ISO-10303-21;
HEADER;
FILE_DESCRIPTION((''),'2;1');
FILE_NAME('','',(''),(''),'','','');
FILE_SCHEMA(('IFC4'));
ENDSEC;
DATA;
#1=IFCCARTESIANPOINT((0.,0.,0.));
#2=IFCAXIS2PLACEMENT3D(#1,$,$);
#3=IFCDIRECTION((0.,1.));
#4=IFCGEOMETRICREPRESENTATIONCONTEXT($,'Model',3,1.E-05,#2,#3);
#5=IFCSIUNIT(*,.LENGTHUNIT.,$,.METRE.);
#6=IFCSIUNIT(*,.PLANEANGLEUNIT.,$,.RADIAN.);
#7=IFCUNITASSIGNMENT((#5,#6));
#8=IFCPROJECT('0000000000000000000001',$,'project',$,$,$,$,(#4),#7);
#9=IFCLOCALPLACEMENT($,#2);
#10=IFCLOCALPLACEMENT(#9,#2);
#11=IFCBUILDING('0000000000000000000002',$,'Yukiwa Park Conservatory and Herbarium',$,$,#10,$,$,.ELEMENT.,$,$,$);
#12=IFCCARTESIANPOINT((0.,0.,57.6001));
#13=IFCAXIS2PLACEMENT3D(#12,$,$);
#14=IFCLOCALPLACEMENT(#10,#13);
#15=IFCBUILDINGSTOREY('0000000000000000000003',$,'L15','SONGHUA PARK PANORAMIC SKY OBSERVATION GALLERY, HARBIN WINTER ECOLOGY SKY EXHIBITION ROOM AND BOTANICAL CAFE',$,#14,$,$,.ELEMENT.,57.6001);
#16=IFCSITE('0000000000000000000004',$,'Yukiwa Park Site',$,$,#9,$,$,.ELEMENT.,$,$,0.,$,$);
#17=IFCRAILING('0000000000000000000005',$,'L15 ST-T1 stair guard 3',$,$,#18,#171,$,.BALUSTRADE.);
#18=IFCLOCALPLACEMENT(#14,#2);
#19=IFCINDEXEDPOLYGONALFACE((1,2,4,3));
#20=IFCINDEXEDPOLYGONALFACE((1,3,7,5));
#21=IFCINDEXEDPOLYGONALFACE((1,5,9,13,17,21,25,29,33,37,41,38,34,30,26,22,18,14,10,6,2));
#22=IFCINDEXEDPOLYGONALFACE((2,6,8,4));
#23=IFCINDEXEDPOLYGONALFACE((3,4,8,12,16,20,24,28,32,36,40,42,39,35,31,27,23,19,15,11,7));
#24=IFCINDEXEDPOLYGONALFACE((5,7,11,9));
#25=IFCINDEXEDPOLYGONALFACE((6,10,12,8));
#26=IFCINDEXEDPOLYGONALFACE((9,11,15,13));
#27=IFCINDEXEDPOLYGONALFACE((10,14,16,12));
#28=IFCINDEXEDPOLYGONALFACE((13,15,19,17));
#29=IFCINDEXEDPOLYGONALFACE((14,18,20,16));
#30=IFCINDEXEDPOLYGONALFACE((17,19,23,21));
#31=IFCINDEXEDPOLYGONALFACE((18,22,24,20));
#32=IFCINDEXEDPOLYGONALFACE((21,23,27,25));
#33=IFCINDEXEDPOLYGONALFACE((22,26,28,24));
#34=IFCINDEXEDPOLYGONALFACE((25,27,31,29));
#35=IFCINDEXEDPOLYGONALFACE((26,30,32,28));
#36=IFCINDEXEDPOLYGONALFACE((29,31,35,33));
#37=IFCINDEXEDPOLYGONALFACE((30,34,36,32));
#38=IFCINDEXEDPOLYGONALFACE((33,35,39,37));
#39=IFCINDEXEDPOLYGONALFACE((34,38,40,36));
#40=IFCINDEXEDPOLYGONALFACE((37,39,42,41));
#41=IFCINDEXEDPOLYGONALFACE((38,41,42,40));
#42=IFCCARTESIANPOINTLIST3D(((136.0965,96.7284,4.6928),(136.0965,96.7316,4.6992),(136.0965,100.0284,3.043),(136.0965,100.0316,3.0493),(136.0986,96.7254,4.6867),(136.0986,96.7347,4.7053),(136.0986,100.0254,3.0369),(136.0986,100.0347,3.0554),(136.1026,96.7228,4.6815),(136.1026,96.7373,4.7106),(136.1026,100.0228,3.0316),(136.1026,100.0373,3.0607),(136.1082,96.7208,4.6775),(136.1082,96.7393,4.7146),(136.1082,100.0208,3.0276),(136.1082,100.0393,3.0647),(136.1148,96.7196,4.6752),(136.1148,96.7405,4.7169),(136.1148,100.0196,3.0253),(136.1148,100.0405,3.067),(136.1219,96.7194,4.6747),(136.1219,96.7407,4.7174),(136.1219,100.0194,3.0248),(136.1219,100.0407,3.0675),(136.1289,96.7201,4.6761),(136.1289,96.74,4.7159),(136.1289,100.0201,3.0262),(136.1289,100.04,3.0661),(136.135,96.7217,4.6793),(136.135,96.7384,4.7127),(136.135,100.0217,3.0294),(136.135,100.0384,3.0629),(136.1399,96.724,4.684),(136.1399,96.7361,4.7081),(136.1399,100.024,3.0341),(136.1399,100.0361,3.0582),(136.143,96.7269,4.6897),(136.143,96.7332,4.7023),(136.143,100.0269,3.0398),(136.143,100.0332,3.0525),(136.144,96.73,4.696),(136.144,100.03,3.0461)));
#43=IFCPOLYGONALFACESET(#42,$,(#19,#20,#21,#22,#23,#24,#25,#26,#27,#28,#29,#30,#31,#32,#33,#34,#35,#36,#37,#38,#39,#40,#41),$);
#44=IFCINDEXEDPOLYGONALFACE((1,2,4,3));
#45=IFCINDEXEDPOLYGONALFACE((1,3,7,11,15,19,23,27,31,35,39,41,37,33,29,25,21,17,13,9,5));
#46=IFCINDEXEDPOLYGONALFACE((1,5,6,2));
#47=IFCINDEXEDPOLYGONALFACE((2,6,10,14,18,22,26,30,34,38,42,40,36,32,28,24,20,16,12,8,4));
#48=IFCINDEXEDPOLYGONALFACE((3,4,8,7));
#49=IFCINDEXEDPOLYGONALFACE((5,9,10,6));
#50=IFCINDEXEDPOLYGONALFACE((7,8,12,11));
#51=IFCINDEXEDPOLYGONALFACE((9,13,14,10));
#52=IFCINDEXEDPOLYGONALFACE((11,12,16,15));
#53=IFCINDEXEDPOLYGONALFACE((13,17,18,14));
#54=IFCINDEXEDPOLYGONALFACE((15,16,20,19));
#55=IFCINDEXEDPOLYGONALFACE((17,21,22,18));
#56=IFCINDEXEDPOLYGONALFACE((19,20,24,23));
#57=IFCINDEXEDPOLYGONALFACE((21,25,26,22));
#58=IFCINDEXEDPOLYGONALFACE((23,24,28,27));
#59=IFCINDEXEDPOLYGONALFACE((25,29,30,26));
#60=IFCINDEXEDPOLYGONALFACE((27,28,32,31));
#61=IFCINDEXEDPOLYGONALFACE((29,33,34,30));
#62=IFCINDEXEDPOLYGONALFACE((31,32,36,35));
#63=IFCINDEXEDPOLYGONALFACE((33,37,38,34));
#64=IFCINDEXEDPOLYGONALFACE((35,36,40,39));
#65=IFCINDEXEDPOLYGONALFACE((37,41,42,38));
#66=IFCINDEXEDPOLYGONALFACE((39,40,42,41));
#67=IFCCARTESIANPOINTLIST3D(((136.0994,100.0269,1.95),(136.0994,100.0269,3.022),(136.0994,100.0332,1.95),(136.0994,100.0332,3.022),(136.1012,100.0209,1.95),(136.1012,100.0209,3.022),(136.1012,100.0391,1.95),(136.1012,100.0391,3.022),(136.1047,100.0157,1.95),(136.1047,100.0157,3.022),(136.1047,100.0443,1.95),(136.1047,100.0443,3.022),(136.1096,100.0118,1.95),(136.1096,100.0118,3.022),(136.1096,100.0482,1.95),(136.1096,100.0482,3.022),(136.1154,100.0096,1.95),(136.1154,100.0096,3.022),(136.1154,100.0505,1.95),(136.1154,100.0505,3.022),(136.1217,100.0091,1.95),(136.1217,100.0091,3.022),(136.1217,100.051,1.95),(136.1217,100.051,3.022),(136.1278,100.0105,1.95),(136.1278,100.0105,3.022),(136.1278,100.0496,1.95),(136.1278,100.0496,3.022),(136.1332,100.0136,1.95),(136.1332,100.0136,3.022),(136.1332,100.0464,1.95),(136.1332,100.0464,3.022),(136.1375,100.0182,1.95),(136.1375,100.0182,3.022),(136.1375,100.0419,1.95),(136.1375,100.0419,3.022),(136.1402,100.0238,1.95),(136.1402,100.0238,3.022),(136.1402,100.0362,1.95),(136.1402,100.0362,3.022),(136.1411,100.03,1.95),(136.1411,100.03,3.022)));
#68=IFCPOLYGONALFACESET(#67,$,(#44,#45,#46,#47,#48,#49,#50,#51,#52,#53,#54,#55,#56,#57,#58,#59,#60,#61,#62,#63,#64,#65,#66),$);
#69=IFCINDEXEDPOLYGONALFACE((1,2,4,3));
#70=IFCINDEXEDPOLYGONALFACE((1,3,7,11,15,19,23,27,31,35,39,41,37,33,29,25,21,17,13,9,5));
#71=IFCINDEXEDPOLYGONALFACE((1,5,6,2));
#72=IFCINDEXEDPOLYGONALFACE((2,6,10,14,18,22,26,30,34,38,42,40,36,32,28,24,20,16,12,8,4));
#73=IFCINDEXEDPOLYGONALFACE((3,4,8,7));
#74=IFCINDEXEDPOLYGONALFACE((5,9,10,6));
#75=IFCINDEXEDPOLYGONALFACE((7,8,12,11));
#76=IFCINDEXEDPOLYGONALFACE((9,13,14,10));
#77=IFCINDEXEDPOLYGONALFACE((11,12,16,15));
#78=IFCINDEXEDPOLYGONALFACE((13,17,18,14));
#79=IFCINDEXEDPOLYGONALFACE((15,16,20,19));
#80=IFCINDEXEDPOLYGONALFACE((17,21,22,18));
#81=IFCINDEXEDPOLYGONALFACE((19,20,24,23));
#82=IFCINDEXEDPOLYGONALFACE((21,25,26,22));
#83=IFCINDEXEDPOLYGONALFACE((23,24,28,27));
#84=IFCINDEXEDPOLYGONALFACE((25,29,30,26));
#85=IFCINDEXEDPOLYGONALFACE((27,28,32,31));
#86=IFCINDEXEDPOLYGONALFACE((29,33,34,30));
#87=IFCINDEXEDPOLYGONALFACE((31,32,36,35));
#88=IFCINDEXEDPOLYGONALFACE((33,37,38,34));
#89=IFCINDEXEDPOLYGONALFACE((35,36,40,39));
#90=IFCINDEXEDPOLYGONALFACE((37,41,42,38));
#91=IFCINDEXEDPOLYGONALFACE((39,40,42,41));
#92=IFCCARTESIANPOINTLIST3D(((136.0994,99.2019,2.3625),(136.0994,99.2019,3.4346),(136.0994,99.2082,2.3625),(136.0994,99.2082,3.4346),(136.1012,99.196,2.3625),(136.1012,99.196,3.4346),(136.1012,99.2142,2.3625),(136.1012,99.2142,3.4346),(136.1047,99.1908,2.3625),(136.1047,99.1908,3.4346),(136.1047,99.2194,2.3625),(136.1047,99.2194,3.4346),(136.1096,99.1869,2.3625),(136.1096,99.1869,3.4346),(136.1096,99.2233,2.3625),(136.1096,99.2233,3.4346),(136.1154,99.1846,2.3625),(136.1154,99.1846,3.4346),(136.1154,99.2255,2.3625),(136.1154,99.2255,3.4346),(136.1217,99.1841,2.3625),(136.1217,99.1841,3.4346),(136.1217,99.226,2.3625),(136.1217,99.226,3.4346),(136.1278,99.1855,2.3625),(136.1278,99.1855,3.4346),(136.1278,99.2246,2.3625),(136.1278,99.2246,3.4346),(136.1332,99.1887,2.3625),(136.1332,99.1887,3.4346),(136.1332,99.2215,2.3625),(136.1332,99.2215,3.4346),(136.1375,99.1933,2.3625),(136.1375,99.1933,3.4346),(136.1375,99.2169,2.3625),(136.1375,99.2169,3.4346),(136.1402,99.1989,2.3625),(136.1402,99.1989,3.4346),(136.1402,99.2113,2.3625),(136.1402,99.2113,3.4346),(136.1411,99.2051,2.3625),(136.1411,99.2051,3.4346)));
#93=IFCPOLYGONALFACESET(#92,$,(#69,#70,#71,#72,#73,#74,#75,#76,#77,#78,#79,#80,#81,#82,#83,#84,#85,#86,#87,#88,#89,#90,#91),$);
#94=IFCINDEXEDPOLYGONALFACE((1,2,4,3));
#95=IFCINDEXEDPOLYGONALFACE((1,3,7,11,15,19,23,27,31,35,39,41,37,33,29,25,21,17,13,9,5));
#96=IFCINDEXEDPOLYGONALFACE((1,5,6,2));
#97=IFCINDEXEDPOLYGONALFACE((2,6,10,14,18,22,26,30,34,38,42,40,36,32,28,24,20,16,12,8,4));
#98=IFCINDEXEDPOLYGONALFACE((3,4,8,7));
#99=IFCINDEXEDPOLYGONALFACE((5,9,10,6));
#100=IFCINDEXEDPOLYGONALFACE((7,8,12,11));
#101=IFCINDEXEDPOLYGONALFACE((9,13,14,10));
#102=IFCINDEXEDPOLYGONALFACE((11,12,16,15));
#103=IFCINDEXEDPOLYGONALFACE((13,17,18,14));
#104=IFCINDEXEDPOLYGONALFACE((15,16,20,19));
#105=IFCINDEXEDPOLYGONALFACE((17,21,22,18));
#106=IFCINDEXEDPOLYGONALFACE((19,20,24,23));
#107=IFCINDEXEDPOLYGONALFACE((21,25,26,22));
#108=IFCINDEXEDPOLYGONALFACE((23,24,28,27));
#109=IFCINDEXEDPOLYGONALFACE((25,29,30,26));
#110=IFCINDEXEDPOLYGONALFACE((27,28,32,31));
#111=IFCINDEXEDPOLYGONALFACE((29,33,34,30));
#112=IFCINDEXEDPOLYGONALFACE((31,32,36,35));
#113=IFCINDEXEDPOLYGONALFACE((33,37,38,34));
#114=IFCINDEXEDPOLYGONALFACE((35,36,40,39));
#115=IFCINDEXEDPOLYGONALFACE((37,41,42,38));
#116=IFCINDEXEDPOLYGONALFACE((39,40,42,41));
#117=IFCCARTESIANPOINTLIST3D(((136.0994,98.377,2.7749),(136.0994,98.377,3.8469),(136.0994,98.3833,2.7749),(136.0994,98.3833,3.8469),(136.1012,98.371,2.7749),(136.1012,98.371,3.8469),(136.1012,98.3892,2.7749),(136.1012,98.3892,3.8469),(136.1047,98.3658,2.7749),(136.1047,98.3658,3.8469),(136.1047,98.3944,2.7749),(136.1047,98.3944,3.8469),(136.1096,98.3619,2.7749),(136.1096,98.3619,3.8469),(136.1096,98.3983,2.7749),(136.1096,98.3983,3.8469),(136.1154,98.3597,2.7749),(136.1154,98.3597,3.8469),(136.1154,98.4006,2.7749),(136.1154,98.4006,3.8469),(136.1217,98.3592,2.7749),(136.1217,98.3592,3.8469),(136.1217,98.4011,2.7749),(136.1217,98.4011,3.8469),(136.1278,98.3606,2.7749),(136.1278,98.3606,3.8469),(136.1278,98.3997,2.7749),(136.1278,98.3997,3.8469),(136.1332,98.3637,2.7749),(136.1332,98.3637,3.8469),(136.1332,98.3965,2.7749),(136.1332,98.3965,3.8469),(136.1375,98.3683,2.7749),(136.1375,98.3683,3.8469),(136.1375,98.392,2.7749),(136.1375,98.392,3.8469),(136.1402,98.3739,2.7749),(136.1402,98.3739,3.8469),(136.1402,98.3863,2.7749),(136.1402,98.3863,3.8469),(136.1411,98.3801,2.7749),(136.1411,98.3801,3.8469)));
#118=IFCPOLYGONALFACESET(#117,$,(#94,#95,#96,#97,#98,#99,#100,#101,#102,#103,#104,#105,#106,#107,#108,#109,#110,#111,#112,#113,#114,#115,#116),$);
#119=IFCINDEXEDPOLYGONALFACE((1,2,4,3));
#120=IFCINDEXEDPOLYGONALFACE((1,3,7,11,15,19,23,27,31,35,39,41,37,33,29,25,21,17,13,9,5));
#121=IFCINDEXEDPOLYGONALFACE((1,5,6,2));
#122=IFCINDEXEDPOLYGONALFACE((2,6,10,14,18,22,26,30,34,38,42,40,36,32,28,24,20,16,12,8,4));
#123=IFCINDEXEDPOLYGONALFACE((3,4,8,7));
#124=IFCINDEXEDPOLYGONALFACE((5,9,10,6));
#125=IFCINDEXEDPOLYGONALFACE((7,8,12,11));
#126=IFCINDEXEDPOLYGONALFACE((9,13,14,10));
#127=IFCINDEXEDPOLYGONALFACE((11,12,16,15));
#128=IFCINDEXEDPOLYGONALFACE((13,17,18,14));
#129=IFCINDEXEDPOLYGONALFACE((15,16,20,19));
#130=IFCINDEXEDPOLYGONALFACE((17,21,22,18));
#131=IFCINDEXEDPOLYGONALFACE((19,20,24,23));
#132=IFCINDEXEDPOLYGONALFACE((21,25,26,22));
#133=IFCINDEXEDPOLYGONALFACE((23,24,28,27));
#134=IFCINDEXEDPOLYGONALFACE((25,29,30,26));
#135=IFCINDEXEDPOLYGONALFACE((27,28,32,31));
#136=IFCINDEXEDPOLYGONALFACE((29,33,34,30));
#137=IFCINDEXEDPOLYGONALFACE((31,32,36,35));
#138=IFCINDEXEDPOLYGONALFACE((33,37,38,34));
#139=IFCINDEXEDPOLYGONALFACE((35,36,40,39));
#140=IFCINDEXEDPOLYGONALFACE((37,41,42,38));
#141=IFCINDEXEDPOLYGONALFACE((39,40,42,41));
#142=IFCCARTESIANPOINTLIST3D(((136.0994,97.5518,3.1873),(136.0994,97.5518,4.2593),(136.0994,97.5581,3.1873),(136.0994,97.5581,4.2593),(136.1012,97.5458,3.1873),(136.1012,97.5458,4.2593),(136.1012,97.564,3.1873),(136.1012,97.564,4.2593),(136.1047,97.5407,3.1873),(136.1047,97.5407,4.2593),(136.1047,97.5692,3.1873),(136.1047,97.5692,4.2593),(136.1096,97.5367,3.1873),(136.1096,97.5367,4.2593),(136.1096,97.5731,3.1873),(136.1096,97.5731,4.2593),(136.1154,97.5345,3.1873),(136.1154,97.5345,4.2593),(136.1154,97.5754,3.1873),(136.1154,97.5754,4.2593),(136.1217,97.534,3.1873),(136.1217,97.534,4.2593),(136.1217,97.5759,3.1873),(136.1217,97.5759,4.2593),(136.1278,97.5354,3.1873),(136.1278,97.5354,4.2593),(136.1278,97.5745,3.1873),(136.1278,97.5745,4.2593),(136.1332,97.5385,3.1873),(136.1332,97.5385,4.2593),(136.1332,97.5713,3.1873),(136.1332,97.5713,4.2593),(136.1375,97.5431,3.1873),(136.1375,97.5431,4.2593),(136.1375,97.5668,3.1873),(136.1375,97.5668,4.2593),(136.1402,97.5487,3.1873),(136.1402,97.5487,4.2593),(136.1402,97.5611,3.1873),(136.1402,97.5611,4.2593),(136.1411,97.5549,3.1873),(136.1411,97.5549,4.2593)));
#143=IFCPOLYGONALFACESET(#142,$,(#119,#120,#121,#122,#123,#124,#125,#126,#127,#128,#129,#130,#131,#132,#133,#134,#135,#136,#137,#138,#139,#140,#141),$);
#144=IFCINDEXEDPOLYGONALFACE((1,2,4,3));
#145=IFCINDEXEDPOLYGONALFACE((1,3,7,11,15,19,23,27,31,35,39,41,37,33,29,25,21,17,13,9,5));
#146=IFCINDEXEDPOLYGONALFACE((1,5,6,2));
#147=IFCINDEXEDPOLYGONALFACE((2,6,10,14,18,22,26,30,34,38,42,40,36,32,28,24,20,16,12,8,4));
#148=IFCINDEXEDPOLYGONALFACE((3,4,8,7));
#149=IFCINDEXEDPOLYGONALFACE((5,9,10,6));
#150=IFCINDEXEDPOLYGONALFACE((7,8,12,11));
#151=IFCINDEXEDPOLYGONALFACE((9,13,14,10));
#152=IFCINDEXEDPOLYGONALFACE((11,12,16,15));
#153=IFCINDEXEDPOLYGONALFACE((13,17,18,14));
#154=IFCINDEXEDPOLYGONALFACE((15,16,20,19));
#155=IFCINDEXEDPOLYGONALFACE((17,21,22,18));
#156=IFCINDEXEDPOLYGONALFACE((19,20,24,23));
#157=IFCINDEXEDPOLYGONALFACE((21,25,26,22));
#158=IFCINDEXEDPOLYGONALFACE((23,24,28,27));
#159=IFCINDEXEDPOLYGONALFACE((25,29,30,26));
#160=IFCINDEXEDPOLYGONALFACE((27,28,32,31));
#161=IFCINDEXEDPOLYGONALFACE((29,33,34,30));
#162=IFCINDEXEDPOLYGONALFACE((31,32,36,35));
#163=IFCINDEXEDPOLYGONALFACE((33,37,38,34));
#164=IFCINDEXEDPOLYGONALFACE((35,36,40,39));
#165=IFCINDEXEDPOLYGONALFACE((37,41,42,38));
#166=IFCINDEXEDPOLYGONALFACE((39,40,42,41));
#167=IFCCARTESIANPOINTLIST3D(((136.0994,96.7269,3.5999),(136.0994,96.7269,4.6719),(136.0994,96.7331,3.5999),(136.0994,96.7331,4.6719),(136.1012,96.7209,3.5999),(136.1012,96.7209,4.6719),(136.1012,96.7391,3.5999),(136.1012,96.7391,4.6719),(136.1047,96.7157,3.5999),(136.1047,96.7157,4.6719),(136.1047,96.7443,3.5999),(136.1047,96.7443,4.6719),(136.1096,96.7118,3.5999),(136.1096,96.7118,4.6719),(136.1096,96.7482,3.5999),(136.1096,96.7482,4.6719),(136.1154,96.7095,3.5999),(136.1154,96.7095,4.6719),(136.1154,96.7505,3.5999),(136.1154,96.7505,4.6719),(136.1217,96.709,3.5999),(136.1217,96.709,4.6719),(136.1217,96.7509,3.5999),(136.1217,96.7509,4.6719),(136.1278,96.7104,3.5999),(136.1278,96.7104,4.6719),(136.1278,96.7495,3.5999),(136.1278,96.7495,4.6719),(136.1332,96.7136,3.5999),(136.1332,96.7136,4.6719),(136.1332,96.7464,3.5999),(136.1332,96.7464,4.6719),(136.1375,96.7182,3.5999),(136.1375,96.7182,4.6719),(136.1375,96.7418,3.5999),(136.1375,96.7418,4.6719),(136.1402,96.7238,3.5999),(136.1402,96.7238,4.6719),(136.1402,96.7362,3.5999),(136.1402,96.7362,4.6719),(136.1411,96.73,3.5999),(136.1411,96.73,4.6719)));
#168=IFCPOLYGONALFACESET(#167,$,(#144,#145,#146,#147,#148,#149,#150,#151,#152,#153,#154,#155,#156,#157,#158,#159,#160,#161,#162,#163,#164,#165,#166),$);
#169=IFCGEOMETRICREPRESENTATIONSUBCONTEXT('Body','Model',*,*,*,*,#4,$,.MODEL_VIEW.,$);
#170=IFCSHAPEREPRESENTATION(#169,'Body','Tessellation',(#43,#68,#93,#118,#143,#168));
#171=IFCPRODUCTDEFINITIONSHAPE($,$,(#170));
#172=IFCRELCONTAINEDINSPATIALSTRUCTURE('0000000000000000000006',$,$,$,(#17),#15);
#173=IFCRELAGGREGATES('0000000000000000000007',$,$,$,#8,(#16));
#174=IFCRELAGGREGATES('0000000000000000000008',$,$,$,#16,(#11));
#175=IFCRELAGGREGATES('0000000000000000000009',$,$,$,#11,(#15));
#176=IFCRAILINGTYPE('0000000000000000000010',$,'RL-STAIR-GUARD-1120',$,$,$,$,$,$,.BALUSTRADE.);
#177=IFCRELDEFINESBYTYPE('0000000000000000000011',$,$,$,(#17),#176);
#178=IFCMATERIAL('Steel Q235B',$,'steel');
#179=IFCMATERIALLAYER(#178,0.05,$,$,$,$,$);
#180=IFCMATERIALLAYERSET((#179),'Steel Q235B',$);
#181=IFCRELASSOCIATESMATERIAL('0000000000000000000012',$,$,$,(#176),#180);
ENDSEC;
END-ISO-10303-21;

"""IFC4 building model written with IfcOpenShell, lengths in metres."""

from ifc_helpers import new_model, si_unit, direction, frame, origin, origin_2d, place, context, subcontext, project, spatial, circle, extrude, material, layer, layer_set, type_object, element, save


model = new_model("IFC4")

# Units and contexts
model_context = context("Model", 3, precision=1e-05, world=origin(), true_north=direction((0.0, 1.0)))
body_context = subcontext(model_context, "Body", "Model", "MODEL_VIEW")
ifc_project = project(units=[si_unit("LENGTHUNIT", "METRE"), si_unit("PLANEANGLEUNIT", "RADIAN")], contexts=[model_context])

# Site, building, storey
site_placement = place(None, origin())
site = spatial("IfcSite", under=ifc_project, at=site_placement, Name="Yukiwa Park Site", CompositionType="ELEMENT", RefElevation=0.0)
building_placement = place(site_placement, origin())
building = spatial("IfcBuilding", under=site, at=building_placement, Name="Yukiwa Park Conservatory and Herbarium", CompositionType="ELEMENT")
storey_placement = place(building_placement, frame((0.0, 0.0, 57.6001)))
storey = spatial("IfcBuildingStorey", under=building, at=storey_placement, Name="L15", Description="SONGHUA PARK PANORAMIC SKY OBSERVATION GALLERY, HARBIN WINTER ECOLOGY SKY EXHIBITION ROOM AND BOTANICAL CAFE", CompositionType="ELEMENT", Elevation=57.6001)

# Railing
ifc_material_1 = material(Name="Steel Q235B", Category="steel")
ifc_layer_1 = layer(ifc_material_1, 0.05)
ifc_layer_set_1 = layer_set([ifc_layer_1], Name="Steel Q235B")
railing_type_1 = type_object("IfcRailingType", Name="RL-STAIR-GUARD-1120", PredefinedType="BALUSTRADE", material=ifc_layer_set_1)
railing_1_placement = place(storey_placement, frame((136.1201, 100.03, 1.95)))
element("IfcRailing", 1, at=railing_1_placement, inside=storey, type_object=railing_type_1, Name="L15 ST-T1 stair guard 3", PredefinedType="BALUSTRADE", context=body_context, shape_type="SweptSolid", body=[
    extrude(circle(Radius=0.0239, at=origin_2d()), frame((0.0, 0.0, 1.0962), z_axis=(0.0, -0.89444, 0.447187), x_axis=(1.0, 0.0, 0.0)), (0.0, 0.0, 1.0), 3.6895),
    extrude(circle(Radius=0.021, at=origin_2d()), origin(), (0.0, 0.0, 1.0), 1.072),
    extrude(circle(Radius=0.021, at=origin_2d()), frame((0.0, -0.825, 0.4126)), (0.0, 0.0, 1.0), 1.072),
    extrude(circle(Radius=0.021, at=origin_2d()), frame((0.0, -1.6499, 0.825)), (0.0, 0.0, 1.0), 1.072),
    extrude(circle(Radius=0.021, at=origin_2d()), frame((0.0, -2.4751, 1.2373)), (0.0, 0.0, 1.0), 1.072),
    extrude(circle(Radius=0.021, at=origin_2d()), frame((0.0, -3.3, 1.6499)), (0.0, 0.0, 1.0), 1.072),
])

save(model, "model.ifc")
